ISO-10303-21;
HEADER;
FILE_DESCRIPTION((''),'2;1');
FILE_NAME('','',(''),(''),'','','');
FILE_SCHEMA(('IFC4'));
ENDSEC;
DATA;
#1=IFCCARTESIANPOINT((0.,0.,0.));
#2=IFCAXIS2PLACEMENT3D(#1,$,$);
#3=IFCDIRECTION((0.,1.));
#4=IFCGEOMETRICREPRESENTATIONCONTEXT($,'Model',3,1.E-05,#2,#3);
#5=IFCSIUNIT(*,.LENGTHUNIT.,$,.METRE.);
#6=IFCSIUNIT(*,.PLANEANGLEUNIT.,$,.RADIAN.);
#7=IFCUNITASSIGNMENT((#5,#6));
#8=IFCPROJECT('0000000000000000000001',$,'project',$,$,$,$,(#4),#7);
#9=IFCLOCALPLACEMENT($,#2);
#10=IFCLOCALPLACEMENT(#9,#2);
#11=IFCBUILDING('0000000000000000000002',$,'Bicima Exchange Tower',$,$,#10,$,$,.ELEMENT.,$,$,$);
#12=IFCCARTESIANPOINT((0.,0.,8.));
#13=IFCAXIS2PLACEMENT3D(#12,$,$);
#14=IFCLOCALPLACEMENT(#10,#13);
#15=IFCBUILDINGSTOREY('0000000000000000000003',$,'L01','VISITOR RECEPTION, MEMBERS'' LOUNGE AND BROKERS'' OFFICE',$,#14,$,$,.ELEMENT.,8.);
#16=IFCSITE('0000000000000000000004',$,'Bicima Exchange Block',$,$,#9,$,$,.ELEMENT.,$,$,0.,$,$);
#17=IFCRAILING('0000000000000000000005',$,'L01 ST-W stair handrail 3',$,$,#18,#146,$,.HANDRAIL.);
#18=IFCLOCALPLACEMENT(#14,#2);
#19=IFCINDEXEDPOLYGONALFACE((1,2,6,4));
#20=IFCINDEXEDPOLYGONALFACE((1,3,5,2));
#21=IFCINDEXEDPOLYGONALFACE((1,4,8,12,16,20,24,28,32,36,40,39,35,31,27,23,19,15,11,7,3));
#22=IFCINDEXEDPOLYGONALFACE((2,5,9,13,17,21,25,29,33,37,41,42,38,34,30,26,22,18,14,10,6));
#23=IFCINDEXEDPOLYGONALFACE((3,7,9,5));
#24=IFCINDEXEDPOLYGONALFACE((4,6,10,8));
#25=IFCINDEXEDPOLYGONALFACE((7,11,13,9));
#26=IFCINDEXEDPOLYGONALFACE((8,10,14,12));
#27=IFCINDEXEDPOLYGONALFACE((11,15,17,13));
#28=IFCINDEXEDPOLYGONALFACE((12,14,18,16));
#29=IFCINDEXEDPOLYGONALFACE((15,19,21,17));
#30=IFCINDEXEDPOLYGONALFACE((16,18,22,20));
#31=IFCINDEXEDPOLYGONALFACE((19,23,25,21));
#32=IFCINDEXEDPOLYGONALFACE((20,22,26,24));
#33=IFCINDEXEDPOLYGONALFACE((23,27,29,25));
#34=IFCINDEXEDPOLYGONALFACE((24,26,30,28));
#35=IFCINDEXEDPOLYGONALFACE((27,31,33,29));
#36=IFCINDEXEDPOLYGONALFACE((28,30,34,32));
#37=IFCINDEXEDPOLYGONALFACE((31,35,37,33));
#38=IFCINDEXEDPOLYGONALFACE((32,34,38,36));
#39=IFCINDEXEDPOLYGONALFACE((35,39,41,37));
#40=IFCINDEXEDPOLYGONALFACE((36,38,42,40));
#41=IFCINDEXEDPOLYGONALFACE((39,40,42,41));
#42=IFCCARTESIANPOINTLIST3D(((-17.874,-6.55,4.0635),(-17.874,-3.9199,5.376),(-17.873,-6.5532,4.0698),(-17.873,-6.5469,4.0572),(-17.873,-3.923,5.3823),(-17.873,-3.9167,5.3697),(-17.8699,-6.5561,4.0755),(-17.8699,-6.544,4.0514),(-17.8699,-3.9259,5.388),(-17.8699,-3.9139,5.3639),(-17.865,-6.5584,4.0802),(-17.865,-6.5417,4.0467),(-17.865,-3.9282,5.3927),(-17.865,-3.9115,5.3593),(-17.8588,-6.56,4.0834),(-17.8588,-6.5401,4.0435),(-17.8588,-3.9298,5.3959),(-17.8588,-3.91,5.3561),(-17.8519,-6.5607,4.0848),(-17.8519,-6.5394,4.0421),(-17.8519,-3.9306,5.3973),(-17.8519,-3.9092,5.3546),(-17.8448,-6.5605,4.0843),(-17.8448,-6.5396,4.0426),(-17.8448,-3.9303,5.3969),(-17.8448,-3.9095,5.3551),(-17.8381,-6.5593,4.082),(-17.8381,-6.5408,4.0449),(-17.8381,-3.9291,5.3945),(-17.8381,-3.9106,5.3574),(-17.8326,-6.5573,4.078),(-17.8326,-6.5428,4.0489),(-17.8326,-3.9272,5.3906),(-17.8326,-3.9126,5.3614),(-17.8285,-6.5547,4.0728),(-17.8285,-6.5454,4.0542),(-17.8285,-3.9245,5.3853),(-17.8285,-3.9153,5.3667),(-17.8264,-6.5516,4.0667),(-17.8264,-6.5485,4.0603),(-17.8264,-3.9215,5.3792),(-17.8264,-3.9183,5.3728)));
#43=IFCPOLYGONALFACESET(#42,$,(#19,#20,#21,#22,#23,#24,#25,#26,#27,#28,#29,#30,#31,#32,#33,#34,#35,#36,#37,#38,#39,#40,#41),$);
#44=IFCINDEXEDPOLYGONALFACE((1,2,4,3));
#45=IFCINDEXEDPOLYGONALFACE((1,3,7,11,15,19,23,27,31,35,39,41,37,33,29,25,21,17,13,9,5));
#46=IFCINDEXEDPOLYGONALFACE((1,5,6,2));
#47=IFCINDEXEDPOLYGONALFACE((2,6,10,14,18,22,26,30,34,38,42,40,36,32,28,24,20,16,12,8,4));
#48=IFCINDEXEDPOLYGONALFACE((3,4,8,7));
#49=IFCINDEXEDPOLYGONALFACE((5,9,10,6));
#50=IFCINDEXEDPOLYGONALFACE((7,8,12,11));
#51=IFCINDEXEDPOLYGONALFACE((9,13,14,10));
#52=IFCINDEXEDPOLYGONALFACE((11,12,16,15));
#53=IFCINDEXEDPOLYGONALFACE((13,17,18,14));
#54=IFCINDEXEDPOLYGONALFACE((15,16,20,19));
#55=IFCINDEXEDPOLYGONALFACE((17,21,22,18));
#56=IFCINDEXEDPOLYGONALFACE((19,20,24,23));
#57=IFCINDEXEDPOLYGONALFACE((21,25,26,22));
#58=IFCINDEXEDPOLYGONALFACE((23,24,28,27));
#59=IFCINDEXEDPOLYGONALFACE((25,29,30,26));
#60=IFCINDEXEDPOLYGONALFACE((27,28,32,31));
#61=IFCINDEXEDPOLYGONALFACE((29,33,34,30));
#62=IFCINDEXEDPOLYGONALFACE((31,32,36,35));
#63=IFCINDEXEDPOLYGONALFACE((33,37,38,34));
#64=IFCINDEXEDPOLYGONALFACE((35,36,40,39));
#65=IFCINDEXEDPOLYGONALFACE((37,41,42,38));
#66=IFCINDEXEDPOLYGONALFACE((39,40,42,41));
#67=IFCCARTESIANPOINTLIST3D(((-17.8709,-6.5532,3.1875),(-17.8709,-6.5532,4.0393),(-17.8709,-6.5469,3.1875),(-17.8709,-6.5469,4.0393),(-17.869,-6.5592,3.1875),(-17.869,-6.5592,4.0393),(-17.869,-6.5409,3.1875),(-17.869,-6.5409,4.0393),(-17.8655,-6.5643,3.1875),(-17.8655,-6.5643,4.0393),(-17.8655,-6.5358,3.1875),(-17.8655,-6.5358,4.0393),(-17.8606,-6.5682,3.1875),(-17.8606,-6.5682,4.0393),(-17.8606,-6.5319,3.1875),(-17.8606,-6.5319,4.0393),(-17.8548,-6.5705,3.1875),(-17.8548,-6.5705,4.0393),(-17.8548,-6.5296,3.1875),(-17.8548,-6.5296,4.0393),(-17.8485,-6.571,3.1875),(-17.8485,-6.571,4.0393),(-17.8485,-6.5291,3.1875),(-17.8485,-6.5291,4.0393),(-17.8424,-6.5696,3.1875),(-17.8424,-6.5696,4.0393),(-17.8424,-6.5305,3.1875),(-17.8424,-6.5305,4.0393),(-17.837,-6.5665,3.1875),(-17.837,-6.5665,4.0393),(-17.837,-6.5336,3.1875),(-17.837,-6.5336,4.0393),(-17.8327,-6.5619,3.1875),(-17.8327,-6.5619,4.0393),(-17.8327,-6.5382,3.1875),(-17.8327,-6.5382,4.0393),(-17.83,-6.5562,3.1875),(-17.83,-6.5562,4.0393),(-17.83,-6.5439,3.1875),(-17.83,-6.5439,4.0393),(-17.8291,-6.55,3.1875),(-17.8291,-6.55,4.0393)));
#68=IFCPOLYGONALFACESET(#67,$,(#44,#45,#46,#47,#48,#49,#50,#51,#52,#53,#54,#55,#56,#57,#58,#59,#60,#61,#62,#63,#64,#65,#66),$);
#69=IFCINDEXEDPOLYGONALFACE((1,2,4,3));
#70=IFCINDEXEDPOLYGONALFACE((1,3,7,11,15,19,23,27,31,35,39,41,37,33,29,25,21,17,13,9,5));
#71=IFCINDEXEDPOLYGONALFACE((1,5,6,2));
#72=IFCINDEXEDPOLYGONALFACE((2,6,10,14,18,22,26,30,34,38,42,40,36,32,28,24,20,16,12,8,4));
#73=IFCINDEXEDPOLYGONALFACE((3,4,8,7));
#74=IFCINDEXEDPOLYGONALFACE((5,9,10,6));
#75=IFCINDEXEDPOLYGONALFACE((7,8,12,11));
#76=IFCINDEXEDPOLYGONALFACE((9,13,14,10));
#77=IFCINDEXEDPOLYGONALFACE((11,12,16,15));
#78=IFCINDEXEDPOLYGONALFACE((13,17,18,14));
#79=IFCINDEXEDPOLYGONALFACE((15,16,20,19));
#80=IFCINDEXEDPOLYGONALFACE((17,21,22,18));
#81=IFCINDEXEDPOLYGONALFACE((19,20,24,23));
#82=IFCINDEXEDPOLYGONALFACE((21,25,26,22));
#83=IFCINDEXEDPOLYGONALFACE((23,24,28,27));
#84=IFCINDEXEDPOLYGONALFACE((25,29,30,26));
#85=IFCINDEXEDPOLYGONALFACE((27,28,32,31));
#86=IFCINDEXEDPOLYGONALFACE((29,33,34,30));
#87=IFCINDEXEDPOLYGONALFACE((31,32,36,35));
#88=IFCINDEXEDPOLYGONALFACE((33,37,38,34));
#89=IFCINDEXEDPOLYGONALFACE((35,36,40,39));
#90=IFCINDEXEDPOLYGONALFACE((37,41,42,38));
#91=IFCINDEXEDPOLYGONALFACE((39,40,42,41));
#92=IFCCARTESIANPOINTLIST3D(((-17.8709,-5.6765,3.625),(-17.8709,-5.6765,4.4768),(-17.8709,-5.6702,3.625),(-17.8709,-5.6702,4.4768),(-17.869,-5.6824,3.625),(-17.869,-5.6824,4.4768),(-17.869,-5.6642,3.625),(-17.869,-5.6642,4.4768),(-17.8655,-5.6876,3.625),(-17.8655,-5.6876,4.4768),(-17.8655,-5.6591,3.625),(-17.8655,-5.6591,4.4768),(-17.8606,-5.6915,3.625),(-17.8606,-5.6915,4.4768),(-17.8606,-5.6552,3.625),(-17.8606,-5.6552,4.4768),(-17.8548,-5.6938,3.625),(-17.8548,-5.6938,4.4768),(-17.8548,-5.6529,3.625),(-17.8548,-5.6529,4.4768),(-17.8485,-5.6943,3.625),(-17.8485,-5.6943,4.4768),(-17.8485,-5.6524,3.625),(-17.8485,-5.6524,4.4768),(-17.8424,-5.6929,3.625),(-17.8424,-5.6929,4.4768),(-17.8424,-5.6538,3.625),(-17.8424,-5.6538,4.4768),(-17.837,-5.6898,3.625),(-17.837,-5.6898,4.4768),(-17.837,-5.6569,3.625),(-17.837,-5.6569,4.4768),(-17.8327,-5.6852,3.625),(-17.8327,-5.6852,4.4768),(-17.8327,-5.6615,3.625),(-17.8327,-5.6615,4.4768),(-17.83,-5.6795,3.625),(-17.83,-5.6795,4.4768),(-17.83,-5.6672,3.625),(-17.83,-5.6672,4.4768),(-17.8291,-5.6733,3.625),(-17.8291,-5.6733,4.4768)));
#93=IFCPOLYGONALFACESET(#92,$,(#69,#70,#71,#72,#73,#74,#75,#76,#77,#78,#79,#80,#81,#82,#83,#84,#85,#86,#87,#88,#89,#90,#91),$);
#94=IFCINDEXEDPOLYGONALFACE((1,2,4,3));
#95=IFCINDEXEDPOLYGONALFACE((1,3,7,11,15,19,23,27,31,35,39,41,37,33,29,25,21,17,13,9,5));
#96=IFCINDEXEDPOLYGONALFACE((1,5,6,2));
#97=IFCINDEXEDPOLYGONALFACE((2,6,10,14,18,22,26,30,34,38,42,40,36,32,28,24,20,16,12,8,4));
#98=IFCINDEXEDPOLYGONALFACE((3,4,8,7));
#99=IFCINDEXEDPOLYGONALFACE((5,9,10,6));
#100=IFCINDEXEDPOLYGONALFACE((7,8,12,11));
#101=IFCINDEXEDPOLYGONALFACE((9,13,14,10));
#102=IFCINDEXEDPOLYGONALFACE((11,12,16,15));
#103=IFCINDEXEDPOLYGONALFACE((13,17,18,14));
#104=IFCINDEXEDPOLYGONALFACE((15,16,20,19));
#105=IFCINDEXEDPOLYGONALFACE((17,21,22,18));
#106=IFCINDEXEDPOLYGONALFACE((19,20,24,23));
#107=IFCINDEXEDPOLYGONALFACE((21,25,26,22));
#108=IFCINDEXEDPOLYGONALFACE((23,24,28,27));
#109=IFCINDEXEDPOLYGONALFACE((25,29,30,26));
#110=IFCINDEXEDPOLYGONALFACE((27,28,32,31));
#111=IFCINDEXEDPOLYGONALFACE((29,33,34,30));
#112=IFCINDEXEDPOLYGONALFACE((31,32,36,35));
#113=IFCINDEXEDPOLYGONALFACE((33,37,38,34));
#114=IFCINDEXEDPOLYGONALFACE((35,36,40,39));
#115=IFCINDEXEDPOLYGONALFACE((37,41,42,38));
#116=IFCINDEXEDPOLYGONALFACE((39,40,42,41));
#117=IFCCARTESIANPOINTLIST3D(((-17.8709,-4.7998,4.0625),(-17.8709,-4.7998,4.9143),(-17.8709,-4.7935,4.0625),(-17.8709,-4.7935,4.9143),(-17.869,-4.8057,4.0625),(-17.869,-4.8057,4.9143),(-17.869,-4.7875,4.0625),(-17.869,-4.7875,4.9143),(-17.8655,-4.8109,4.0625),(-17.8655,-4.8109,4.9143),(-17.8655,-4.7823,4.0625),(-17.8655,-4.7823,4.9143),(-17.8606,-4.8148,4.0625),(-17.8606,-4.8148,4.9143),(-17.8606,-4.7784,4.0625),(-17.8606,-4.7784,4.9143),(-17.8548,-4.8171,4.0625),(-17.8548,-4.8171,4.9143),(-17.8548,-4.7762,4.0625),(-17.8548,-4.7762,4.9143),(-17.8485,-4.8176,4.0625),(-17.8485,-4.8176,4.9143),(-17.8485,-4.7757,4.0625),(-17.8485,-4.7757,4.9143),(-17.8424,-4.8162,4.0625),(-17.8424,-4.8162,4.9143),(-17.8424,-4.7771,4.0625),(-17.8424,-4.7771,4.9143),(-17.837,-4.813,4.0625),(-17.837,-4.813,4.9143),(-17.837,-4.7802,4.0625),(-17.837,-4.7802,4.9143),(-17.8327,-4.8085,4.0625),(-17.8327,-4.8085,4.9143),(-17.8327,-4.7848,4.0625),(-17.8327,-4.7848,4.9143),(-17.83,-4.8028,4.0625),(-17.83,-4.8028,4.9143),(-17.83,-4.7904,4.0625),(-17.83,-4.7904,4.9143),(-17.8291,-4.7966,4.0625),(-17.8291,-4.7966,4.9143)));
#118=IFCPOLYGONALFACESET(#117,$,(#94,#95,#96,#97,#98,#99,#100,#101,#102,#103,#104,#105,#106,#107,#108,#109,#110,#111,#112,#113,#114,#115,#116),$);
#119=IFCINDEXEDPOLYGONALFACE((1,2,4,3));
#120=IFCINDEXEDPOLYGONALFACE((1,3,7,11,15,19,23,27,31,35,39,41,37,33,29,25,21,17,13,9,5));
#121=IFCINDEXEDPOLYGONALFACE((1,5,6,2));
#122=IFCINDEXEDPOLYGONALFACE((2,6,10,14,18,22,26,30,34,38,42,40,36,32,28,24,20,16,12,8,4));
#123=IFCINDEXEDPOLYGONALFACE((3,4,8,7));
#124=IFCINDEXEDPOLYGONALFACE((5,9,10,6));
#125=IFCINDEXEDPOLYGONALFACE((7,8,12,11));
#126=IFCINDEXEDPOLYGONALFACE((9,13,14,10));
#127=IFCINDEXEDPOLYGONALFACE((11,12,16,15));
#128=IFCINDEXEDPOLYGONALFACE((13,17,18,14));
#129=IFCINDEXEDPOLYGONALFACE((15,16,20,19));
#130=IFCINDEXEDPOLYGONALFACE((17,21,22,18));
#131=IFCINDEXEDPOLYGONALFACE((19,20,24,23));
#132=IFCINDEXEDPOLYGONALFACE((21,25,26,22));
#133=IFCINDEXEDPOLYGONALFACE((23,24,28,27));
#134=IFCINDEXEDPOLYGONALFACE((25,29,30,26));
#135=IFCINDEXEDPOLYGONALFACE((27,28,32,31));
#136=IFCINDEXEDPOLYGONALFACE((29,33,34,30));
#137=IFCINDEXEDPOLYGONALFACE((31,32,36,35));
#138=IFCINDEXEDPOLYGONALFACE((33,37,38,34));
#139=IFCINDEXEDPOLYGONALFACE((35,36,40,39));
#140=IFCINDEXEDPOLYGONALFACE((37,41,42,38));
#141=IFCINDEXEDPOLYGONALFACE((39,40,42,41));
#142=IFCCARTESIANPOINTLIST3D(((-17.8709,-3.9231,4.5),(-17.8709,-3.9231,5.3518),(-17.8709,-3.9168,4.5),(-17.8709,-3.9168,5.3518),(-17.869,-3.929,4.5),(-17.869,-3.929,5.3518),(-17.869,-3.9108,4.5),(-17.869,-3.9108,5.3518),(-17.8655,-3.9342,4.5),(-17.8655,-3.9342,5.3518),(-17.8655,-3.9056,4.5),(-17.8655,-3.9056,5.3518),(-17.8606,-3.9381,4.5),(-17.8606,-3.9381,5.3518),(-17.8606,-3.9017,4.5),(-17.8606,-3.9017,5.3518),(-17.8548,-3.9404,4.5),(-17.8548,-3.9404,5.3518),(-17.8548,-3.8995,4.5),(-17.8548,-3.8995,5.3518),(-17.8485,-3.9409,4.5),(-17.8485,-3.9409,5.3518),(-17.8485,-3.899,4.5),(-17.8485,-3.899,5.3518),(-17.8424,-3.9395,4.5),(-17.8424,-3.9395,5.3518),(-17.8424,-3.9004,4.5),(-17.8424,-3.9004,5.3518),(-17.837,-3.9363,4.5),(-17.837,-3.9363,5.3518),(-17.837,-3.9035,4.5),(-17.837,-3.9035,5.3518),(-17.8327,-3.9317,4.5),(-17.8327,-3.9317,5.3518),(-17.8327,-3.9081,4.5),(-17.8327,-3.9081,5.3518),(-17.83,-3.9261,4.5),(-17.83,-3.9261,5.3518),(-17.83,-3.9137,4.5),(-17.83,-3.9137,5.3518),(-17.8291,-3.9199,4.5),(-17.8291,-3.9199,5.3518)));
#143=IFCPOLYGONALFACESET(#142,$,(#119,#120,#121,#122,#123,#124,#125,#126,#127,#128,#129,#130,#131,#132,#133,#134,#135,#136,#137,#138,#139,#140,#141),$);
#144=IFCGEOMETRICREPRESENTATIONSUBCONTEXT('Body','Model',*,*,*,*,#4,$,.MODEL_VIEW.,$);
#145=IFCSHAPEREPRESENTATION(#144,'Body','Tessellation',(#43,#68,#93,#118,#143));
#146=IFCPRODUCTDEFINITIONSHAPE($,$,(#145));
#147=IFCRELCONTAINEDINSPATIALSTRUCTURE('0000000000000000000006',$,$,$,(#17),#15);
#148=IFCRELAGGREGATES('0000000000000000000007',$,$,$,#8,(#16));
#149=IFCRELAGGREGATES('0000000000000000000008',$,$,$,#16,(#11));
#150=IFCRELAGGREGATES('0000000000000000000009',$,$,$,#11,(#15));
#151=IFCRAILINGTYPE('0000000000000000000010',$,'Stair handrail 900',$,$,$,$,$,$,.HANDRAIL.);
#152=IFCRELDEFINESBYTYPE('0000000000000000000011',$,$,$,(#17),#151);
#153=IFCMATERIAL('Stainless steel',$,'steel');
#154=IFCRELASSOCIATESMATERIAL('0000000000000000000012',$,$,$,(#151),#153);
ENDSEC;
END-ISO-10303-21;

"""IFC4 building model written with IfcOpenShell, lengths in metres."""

from ifc_helpers import new_model, si_unit, direction, frame, origin, origin_2d, place, context, subcontext, project, spatial, circle, extrude, material, type_object, element, save


model = new_model("IFC4")

# Units and contexts
model_context = context("Model", 3, precision=1e-05, world=origin(), true_north=direction((0.0, 1.0)))
body_context = subcontext(model_context, "Body", "Model", "MODEL_VIEW")
ifc_project = project(units=[si_unit("LENGTHUNIT", "METRE"), si_unit("PLANEANGLEUNIT", "RADIAN")], contexts=[model_context])

# Site, building, storey
site_placement = place(None, origin())
site = spatial("IfcSite", under=ifc_project, at=site_placement, Name="Bicima Exchange Block", CompositionType="ELEMENT", RefElevation=0.0)
building_placement = place(site_placement, origin())
building = spatial("IfcBuilding", under=site, at=building_placement, Name="Bicima Exchange Tower", CompositionType="ELEMENT")
storey_placement = place(building_placement, frame((0.0, 0.0, 8.0)))
storey = spatial("IfcBuildingStorey", under=building, at=storey_placement, Name="L01", Description="VISITOR RECEPTION, MEMBERS' LOUNGE AND BROKERS' OFFICE", CompositionType="ELEMENT", Elevation=8.0)

# Shared definitions
ifc_material_1 = material(Name="Stainless steel", Category="steel")

# Railing
railing_type = type_object("IfcRailingType", Name="Stair handrail 900", PredefinedType="HANDRAIL", material=ifc_material_1)
railing_placement = place(storey_placement, frame((-17.8501, -6.55, 3.1875)))
element("IfcRailing", 1, at=railing_placement, inside=storey, type_object=railing_type, Name="L01 ST-W stair handrail 3", PredefinedType="HANDRAIL", context=body_context, shape_type="SweptSolid", body=[
    extrude(circle(Radius=0.0239, at=origin_2d()), frame((0.0, 0.0, 0.876), z_axis=(0.0, 0.894776, 0.446516), x_axis=(-1.0, 0.0, 0.0)), (0.0, 0.0, 1.0), 2.9395),
    extrude(circle(Radius=0.021, at=origin_2d()), origin(), (0.0, 0.0, 1.0), 0.8518),
    extrude(circle(Radius=0.021, at=origin_2d()), frame((0.0, 0.8767, 0.4375)), (0.0, 0.0, 1.0), 0.8518),
    extrude(circle(Radius=0.021, at=origin_2d()), frame((0.0, 1.7534, 0.875)), (0.0, 0.0, 1.0), 0.8518),
    extrude(circle(Radius=0.021, at=origin_2d()), frame((0.0, 2.6301, 1.3125)), (0.0, 0.0, 1.0), 0.8518),
])

save(model, "model.ifc")
